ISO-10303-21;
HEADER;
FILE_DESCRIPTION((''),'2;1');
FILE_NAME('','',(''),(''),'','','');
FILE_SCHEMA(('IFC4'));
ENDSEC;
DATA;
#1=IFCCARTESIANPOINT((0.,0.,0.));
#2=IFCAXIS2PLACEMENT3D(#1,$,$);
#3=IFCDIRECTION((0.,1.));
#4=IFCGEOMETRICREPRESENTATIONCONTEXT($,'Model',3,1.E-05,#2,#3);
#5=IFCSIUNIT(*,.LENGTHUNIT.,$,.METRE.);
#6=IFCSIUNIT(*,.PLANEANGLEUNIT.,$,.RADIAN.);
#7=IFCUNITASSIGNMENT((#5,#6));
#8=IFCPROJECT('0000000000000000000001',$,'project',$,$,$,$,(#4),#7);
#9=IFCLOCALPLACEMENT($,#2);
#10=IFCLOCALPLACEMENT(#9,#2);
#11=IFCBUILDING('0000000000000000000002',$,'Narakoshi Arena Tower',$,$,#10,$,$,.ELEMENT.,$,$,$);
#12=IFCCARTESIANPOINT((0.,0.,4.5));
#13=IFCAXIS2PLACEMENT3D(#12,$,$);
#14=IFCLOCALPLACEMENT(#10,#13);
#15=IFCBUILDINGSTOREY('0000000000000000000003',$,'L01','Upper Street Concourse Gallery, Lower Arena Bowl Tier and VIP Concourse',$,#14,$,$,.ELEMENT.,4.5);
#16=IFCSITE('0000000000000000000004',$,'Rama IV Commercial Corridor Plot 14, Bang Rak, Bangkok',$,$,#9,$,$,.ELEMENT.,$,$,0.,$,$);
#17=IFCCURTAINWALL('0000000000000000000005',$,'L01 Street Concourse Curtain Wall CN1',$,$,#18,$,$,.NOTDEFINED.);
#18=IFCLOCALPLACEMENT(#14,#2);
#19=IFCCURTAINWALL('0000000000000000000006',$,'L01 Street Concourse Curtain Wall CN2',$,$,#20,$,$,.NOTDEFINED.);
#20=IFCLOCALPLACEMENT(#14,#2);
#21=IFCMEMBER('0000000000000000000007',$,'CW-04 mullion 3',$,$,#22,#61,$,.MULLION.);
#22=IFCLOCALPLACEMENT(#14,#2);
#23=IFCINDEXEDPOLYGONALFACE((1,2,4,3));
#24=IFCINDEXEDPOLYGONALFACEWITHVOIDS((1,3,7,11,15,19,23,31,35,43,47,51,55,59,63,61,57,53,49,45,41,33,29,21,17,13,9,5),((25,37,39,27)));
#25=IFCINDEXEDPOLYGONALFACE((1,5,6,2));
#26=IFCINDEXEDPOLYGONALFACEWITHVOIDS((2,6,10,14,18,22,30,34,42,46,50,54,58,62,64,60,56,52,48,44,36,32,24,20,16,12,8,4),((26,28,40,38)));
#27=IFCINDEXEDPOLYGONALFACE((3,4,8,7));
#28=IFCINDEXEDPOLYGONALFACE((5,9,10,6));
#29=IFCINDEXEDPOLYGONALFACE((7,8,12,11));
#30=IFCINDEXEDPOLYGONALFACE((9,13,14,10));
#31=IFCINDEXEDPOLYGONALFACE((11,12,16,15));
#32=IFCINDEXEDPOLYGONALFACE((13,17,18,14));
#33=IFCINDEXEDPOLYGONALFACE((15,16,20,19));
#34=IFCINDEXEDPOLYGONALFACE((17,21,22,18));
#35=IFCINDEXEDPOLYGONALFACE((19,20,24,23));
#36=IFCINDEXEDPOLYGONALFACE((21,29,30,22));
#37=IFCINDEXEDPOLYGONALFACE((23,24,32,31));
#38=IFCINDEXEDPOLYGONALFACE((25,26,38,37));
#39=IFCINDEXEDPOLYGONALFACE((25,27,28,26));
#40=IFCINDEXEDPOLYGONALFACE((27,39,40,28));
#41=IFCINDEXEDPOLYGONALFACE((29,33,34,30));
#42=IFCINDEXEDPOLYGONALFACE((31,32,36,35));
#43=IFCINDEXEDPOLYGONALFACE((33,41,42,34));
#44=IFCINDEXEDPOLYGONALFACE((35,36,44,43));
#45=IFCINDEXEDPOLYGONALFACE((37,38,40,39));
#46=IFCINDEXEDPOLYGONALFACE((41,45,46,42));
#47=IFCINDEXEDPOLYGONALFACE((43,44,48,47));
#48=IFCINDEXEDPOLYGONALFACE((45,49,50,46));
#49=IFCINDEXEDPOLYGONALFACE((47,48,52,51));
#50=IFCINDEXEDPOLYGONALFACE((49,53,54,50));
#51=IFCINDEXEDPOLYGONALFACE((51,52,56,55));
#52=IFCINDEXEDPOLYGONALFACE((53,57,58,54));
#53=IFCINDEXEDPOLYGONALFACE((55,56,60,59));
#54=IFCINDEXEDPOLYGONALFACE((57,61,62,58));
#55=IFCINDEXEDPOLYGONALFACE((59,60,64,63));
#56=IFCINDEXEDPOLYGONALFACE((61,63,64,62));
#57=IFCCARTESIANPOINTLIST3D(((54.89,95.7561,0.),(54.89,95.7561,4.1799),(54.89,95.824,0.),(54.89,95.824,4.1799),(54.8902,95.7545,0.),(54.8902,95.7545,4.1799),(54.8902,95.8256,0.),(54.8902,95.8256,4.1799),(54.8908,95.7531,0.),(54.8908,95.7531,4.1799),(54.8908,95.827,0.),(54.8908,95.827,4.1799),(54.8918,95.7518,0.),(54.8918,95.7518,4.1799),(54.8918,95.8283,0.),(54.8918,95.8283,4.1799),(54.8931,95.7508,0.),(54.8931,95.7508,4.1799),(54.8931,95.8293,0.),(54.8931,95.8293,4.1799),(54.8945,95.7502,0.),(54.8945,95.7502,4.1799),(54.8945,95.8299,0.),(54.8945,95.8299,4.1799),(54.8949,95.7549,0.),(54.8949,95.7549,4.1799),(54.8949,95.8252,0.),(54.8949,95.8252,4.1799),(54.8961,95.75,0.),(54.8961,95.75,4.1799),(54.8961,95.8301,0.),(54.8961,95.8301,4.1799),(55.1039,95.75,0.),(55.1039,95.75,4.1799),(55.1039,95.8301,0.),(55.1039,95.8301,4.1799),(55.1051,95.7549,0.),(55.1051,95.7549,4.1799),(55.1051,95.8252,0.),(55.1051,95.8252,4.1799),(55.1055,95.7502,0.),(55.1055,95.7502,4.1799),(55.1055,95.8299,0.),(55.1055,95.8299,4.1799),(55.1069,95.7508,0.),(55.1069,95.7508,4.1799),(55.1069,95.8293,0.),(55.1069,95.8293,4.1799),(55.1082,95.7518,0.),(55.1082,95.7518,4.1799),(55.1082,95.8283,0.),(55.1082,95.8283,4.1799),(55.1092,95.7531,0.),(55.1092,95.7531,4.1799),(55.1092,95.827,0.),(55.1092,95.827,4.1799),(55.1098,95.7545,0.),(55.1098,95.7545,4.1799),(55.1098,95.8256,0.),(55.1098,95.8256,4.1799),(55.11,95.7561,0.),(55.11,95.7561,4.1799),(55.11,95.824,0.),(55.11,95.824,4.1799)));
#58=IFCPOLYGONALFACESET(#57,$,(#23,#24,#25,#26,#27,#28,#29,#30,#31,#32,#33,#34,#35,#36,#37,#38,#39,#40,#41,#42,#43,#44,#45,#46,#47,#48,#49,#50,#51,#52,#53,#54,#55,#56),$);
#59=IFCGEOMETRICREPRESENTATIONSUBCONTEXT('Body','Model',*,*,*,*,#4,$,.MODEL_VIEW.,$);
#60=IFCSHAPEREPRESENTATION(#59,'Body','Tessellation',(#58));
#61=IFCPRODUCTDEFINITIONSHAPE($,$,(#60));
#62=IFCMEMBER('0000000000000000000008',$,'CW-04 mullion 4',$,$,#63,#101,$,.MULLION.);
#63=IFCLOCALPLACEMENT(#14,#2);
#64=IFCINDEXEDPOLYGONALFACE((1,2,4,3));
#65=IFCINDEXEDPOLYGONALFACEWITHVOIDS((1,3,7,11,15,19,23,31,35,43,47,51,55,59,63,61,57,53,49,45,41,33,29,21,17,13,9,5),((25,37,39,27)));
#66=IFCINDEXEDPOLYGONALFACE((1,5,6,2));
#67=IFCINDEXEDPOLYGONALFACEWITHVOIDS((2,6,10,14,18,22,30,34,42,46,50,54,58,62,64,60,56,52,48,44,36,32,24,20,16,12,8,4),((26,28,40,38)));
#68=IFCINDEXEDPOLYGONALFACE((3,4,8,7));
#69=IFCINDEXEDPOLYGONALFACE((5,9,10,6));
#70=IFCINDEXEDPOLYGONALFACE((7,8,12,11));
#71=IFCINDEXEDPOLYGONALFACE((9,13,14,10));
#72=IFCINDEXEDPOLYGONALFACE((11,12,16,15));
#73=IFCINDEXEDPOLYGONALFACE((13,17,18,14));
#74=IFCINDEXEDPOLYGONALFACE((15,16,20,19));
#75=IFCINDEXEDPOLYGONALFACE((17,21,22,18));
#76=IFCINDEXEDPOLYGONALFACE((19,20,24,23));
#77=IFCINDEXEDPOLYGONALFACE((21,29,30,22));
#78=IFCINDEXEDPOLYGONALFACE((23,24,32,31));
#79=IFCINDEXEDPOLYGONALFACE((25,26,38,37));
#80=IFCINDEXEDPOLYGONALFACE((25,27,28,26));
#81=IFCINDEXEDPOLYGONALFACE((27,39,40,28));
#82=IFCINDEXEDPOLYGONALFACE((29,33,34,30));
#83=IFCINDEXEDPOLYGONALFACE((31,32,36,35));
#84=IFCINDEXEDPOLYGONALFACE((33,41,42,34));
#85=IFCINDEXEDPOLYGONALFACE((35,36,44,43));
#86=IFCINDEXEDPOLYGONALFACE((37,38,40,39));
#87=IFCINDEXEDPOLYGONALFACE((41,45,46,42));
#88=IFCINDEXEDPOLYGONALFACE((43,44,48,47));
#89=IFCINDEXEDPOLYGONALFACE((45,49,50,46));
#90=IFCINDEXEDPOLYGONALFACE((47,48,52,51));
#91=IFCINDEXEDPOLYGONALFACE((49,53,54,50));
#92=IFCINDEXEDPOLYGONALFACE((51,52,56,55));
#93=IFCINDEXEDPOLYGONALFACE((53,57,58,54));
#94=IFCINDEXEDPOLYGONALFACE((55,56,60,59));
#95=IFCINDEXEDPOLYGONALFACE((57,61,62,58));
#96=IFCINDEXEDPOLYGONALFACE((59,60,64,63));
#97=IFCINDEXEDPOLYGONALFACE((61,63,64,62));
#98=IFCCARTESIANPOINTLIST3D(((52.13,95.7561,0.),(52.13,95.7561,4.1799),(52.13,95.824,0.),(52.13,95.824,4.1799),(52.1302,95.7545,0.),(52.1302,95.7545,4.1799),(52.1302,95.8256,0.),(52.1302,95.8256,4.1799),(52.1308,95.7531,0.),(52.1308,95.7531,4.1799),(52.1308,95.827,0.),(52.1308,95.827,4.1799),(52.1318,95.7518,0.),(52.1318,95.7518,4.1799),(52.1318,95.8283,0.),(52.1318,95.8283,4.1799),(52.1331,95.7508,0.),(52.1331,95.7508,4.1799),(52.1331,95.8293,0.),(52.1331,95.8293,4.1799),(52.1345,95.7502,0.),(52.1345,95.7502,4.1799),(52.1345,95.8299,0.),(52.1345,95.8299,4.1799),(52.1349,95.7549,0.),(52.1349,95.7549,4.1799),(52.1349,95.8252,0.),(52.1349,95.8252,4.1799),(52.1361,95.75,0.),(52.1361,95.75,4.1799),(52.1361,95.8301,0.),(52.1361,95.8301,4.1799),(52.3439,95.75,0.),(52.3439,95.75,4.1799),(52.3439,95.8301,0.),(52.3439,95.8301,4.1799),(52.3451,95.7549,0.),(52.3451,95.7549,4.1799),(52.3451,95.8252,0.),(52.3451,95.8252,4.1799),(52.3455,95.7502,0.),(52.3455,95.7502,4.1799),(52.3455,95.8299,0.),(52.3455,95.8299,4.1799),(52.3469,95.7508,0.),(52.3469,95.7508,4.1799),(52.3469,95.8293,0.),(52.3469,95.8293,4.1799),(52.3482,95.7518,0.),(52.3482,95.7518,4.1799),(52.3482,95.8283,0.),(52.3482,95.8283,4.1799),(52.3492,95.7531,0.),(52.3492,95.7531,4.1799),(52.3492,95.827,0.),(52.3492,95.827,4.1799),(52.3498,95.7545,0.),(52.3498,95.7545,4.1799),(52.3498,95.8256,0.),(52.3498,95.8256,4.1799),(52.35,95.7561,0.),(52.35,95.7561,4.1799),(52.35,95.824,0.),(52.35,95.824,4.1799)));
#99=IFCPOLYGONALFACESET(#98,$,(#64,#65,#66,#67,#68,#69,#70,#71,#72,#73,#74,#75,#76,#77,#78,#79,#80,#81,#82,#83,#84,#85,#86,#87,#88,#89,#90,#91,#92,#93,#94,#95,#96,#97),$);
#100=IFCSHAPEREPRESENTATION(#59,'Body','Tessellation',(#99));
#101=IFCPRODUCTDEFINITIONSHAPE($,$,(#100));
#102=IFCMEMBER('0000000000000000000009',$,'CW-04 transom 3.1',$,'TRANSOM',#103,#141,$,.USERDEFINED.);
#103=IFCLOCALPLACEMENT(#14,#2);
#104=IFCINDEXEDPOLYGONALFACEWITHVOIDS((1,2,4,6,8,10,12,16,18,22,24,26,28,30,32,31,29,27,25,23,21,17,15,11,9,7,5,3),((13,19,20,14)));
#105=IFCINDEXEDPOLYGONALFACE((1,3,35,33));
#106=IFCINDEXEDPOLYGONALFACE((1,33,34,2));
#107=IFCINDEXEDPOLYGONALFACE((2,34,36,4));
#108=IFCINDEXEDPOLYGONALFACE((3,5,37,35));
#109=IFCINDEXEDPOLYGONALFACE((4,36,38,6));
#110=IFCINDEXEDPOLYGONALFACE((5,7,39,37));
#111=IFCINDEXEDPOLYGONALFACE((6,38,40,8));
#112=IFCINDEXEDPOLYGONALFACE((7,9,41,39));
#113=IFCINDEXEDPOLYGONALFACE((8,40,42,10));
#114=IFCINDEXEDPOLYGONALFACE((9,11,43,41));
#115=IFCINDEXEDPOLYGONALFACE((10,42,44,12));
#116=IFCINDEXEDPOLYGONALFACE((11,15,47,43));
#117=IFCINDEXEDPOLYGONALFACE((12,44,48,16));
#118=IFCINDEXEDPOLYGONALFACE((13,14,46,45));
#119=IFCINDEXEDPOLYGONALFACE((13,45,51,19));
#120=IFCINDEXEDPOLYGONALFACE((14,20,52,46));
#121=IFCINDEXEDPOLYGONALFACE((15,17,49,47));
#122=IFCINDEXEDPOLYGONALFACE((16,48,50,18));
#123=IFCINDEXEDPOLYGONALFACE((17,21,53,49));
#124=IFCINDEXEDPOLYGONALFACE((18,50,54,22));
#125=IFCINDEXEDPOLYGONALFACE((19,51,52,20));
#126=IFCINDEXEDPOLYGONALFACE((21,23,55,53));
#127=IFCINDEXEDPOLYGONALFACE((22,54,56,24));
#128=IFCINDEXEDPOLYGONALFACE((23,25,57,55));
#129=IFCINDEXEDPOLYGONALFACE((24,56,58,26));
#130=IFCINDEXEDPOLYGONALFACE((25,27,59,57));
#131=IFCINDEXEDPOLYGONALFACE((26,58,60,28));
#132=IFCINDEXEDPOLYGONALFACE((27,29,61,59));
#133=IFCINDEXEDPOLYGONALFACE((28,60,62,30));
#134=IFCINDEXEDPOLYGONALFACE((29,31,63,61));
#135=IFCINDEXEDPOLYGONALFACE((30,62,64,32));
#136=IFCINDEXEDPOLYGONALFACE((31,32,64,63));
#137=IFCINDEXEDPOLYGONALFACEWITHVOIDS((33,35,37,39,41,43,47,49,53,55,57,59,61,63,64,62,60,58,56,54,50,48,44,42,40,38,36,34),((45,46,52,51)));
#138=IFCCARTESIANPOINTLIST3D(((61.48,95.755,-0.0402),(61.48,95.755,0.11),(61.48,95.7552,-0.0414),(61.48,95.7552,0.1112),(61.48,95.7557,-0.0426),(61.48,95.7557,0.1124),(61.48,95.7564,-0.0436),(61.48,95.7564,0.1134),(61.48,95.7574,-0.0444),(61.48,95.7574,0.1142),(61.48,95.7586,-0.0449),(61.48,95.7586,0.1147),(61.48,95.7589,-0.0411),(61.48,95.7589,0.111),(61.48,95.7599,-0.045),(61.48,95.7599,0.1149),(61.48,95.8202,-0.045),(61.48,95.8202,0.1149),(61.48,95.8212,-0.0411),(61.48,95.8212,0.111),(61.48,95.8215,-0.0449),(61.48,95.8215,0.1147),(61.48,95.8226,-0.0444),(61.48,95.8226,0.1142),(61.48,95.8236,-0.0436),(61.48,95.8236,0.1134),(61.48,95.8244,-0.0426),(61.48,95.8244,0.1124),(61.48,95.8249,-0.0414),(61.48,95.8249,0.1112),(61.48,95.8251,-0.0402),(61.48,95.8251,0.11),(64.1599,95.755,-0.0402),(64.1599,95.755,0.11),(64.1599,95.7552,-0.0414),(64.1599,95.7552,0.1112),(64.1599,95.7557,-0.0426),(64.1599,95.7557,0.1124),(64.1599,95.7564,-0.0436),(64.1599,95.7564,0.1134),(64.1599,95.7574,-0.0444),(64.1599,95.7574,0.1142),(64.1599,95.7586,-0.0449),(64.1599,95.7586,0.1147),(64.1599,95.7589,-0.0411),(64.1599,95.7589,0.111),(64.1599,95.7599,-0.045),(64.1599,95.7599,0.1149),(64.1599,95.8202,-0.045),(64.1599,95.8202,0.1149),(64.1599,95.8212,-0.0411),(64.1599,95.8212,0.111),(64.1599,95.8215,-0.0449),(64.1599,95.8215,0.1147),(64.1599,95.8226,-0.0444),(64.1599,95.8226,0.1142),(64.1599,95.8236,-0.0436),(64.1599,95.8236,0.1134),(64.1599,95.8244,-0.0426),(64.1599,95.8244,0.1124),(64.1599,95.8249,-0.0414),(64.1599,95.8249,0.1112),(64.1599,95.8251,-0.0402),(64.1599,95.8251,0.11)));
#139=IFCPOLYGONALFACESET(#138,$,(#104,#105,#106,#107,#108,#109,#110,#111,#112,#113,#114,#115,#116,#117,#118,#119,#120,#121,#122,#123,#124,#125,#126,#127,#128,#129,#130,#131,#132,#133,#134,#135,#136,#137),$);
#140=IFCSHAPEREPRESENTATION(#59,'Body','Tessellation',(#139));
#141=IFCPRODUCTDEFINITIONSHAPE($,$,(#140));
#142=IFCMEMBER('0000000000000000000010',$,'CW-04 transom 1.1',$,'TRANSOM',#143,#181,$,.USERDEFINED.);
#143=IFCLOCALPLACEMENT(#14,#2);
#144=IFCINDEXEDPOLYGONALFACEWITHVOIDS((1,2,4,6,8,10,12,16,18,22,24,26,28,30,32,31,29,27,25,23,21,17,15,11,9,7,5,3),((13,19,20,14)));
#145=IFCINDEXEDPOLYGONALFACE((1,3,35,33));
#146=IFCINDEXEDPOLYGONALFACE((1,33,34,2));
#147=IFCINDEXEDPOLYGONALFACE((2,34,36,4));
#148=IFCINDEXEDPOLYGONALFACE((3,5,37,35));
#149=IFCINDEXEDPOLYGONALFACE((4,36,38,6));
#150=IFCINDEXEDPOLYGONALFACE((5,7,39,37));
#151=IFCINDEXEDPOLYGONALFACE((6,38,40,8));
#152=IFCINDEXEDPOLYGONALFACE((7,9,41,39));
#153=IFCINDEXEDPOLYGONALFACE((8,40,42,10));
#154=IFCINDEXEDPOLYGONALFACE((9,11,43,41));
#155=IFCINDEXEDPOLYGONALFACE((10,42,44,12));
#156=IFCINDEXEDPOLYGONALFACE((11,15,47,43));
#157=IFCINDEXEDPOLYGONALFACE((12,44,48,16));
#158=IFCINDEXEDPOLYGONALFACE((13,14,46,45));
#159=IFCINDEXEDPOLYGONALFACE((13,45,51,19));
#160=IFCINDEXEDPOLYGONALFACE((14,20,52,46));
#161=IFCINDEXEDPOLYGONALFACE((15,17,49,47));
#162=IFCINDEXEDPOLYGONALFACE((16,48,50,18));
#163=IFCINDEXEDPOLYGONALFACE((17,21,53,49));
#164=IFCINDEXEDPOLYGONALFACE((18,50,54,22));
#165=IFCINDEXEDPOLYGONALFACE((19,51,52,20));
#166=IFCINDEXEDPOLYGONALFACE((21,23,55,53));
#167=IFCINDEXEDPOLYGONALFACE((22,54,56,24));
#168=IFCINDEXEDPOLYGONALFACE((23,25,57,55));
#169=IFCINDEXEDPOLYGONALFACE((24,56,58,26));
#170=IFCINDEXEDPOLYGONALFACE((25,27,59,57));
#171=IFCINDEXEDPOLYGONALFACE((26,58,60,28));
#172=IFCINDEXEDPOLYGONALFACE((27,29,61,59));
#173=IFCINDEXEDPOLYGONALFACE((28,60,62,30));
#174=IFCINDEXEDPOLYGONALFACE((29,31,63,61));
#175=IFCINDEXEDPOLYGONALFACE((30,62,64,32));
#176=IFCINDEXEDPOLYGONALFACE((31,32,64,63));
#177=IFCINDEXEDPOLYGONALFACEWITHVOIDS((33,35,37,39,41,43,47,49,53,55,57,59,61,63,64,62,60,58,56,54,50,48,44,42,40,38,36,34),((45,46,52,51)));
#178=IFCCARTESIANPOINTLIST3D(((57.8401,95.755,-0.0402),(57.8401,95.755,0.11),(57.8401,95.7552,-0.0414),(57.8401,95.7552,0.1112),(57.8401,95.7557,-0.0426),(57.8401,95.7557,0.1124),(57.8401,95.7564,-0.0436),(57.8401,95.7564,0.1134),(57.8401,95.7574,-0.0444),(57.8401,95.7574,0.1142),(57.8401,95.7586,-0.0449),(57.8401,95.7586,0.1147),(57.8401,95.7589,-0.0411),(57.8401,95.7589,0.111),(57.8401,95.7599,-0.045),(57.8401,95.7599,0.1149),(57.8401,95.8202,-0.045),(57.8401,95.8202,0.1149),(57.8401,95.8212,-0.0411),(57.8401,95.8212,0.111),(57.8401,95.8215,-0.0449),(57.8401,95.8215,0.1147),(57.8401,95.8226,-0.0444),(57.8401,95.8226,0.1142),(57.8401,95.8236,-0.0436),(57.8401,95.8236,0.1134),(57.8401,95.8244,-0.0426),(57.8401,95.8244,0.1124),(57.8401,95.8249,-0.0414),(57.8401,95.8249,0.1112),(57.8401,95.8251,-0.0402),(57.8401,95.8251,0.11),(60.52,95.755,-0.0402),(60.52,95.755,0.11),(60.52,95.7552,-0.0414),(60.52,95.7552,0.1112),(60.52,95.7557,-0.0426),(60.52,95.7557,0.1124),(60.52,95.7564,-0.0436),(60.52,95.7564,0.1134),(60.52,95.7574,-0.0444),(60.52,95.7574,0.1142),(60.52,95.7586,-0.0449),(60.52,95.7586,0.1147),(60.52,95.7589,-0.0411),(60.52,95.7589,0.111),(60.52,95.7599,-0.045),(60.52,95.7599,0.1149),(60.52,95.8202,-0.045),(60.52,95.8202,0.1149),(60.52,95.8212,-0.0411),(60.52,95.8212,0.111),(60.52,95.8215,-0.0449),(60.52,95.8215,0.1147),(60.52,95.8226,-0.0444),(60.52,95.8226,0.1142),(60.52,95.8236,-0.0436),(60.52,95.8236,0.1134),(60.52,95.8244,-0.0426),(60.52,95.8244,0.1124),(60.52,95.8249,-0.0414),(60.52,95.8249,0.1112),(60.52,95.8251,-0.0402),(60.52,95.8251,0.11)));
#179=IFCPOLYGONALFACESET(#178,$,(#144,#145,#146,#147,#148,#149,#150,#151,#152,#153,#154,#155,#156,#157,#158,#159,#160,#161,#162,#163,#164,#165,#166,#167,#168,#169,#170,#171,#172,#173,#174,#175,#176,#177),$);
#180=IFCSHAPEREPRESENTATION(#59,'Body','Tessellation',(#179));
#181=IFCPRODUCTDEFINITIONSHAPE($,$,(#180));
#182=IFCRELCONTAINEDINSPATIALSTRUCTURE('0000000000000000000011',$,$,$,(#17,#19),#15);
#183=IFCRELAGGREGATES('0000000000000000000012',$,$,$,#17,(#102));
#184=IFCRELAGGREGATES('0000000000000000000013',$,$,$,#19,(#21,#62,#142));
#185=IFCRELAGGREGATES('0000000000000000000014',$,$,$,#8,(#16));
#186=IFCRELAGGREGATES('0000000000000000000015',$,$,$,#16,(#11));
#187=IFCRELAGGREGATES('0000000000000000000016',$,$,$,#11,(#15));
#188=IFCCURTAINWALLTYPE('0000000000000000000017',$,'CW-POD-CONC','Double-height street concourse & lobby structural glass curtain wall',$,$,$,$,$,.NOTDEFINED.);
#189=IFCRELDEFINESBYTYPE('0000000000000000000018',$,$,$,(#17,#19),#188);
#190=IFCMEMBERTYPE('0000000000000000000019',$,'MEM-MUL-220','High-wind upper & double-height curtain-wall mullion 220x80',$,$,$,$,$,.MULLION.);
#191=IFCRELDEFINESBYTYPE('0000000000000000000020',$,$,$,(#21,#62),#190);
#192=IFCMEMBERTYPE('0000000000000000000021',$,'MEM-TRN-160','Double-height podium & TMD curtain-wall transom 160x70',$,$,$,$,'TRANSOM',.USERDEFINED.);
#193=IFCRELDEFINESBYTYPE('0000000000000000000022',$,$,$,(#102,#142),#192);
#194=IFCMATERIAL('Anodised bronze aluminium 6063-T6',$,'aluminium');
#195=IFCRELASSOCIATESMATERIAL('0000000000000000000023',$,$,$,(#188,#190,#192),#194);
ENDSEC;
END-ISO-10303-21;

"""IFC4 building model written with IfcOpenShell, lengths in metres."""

from ifc_helpers import new_model, si_unit, direction, frame, origin, origin_2d, place, context, subcontext, project, spatial, hollow_rectangle, extrude, material, material_profile, profile_set, type_object, element, aggregate, save


model = new_model("IFC4")

# Units and contexts
model_context = context("Model", 3, precision=1e-05, world=origin(), true_north=direction((0.0, 1.0)))
body_context = subcontext(model_context, "Body", "Model", "MODEL_VIEW")
ifc_project = project(units=[si_unit("LENGTHUNIT", "METRE"), si_unit("PLANEANGLEUNIT", "RADIAN")], contexts=[model_context])

# Site, building, storey
site_placement = place(None, origin())
site = spatial("IfcSite", under=ifc_project, at=site_placement, Name="Rama IV Commercial Corridor Plot 14, Bang Rak, Bangkok", CompositionType="ELEMENT", RefElevation=0.0)
building_placement = place(site_placement, origin())
building = spatial("IfcBuilding", under=site, at=building_placement, Name="Narakoshi Arena Tower", CompositionType="ELEMENT")
storey_placement = place(building_placement, frame((0.0, 0.0, 4.5)))
storey = spatial("IfcBuildingStorey", under=building, at=storey_placement, Name="L01", Description="Upper Street Concourse Gallery, Lower Arena Bowl Tier and VIP Concourse", CompositionType="ELEMENT", Elevation=4.5)

# Curtain wall
ifc_material_1 = material(Name="Anodised bronze aluminium 6063-T6", Category="aluminium")
curtain_wall_type = type_object("IfcCurtainWallType", Name="CW-POD-CONC", Description="Double-height street concourse & lobby structural glass curtain wall", PredefinedType="NOTDEFINED", material=ifc_material_1)
curtain_wall_1_placement = place(storey_placement, origin())
curtain_wall_1 = element("IfcCurtainWall", 1, at=curtain_wall_1_placement, inside=storey, type_object=curtain_wall_type, Name="L01 Street Concourse Curtain Wall CN1", PredefinedType="NOTDEFINED")
ifc_material_profile_1 = material_profile(ifc_material_1, hollow_rectangle(XDim=0.0801, YDim=0.22, WallThickness=0.0049, OuterFilletRadius=0.0061, at=origin_2d()), Name="MUL220x80x5")
ifc_profile_set_1 = profile_set([ifc_material_profile_1], Name="Anodised bronze aluminium 6063-T6")
member_type_1 = type_object("IfcMemberType", Name="MEM-MUL-220", Description="High-wind upper & double-height curtain-wall mullion 220x80", PredefinedType="MULLION", material=ifc_profile_set_1)

# Curtain wall, members
curtain_wall_2_placement = place(storey_placement, origin())
curtain_wall_2 = element("IfcCurtainWall", 2, at=curtain_wall_2_placement, inside=storey, type_object=curtain_wall_type, Name="L01 Street Concourse Curtain Wall CN2", PredefinedType="NOTDEFINED")
member_1_placement = place(storey_placement, frame((55.0, 95.79, 0.0), z_axis=(0.0, 0.0, 1.0), x_axis=(0.0, -1.0, 0.0)))
member_1 = element("IfcMember", 3, at=member_1_placement, type_object=member_type_1, Name="CW-04 mullion 3", PredefinedType="MULLION", context=body_context, shape_type="SweptSolid", body=[
    extrude(hollow_rectangle(XDim=0.0801, YDim=0.22, WallThickness=0.0049, OuterFilletRadius=0.0061, at=origin_2d()), origin(), (0.0, 0.0, 1.0), 4.1799),
])
member_2_placement = place(storey_placement, frame((52.24, 95.79, 0.0), z_axis=(0.0, 0.0, 1.0), x_axis=(0.0, -1.0, 0.0)))
member_2 = element("IfcMember", 4, at=member_2_placement, type_object=member_type_1, Name="CW-04 mullion 4", PredefinedType="MULLION", context=body_context, shape_type="SweptSolid", body=[
    extrude(hollow_rectangle(XDim=0.0801, YDim=0.22, WallThickness=0.0049, OuterFilletRadius=0.0061, at=origin_2d()), origin(), (0.0, 0.0, 1.0), 4.1799),
])

# Members
ifc_material_profile_2 = material_profile(ifc_material_1, hollow_rectangle(XDim=0.0701, YDim=0.1599, WallThickness=0.0039, OuterFilletRadius=0.0049, at=origin_2d()), Name="TRN160x70x4")
ifc_profile_set_2 = profile_set([ifc_material_profile_2], Name="Anodised bronze aluminium 6063-T6")
member_type_2 = type_object("IfcMemberType", Name="MEM-TRN-160", Description="Double-height podium & TMD curtain-wall transom 160x70", ElementType="TRANSOM", PredefinedType="USERDEFINED", material=ifc_profile_set_2)
member_3_placement = place(storey_placement, frame((64.1599, 95.79, 0.0349), z_axis=(-1.0, 0.0, 0.0), x_axis=(0.0, -1.0, 0.0)))
member_3 = element("IfcMember", 5, at=member_3_placement, type_object=member_type_2, Name="CW-04 transom 3.1", ObjectType="TRANSOM", PredefinedType="USERDEFINED", context=body_context, shape_type="SweptSolid", body=[
    extrude(hollow_rectangle(XDim=0.0701, YDim=0.1599, WallThickness=0.0039, OuterFilletRadius=0.0049, at=origin_2d()), origin(), (0.0, 0.0, 1.0), 2.6799),
])
member_4_placement = place(storey_placement, frame((60.52, 95.79, 0.0349), z_axis=(-1.0, 0.0, 0.0), x_axis=(0.0, -1.0, 0.0)))
member_4 = element("IfcMember", 6, at=member_4_placement, type_object=member_type_2, Name="CW-04 transom 1.1", ObjectType="TRANSOM", PredefinedType="USERDEFINED", context=body_context, shape_type="SweptSolid", body=[
    extrude(hollow_rectangle(XDim=0.0701, YDim=0.1599, WallThickness=0.0039, OuterFilletRadius=0.0049, at=origin_2d()), origin(), (0.0, 0.0, 1.0), 2.6799),
])

aggregate(curtain_wall_1, [member_3])
aggregate(curtain_wall_2, [member_1, member_2, member_4])

save(model, "model.ifc")
